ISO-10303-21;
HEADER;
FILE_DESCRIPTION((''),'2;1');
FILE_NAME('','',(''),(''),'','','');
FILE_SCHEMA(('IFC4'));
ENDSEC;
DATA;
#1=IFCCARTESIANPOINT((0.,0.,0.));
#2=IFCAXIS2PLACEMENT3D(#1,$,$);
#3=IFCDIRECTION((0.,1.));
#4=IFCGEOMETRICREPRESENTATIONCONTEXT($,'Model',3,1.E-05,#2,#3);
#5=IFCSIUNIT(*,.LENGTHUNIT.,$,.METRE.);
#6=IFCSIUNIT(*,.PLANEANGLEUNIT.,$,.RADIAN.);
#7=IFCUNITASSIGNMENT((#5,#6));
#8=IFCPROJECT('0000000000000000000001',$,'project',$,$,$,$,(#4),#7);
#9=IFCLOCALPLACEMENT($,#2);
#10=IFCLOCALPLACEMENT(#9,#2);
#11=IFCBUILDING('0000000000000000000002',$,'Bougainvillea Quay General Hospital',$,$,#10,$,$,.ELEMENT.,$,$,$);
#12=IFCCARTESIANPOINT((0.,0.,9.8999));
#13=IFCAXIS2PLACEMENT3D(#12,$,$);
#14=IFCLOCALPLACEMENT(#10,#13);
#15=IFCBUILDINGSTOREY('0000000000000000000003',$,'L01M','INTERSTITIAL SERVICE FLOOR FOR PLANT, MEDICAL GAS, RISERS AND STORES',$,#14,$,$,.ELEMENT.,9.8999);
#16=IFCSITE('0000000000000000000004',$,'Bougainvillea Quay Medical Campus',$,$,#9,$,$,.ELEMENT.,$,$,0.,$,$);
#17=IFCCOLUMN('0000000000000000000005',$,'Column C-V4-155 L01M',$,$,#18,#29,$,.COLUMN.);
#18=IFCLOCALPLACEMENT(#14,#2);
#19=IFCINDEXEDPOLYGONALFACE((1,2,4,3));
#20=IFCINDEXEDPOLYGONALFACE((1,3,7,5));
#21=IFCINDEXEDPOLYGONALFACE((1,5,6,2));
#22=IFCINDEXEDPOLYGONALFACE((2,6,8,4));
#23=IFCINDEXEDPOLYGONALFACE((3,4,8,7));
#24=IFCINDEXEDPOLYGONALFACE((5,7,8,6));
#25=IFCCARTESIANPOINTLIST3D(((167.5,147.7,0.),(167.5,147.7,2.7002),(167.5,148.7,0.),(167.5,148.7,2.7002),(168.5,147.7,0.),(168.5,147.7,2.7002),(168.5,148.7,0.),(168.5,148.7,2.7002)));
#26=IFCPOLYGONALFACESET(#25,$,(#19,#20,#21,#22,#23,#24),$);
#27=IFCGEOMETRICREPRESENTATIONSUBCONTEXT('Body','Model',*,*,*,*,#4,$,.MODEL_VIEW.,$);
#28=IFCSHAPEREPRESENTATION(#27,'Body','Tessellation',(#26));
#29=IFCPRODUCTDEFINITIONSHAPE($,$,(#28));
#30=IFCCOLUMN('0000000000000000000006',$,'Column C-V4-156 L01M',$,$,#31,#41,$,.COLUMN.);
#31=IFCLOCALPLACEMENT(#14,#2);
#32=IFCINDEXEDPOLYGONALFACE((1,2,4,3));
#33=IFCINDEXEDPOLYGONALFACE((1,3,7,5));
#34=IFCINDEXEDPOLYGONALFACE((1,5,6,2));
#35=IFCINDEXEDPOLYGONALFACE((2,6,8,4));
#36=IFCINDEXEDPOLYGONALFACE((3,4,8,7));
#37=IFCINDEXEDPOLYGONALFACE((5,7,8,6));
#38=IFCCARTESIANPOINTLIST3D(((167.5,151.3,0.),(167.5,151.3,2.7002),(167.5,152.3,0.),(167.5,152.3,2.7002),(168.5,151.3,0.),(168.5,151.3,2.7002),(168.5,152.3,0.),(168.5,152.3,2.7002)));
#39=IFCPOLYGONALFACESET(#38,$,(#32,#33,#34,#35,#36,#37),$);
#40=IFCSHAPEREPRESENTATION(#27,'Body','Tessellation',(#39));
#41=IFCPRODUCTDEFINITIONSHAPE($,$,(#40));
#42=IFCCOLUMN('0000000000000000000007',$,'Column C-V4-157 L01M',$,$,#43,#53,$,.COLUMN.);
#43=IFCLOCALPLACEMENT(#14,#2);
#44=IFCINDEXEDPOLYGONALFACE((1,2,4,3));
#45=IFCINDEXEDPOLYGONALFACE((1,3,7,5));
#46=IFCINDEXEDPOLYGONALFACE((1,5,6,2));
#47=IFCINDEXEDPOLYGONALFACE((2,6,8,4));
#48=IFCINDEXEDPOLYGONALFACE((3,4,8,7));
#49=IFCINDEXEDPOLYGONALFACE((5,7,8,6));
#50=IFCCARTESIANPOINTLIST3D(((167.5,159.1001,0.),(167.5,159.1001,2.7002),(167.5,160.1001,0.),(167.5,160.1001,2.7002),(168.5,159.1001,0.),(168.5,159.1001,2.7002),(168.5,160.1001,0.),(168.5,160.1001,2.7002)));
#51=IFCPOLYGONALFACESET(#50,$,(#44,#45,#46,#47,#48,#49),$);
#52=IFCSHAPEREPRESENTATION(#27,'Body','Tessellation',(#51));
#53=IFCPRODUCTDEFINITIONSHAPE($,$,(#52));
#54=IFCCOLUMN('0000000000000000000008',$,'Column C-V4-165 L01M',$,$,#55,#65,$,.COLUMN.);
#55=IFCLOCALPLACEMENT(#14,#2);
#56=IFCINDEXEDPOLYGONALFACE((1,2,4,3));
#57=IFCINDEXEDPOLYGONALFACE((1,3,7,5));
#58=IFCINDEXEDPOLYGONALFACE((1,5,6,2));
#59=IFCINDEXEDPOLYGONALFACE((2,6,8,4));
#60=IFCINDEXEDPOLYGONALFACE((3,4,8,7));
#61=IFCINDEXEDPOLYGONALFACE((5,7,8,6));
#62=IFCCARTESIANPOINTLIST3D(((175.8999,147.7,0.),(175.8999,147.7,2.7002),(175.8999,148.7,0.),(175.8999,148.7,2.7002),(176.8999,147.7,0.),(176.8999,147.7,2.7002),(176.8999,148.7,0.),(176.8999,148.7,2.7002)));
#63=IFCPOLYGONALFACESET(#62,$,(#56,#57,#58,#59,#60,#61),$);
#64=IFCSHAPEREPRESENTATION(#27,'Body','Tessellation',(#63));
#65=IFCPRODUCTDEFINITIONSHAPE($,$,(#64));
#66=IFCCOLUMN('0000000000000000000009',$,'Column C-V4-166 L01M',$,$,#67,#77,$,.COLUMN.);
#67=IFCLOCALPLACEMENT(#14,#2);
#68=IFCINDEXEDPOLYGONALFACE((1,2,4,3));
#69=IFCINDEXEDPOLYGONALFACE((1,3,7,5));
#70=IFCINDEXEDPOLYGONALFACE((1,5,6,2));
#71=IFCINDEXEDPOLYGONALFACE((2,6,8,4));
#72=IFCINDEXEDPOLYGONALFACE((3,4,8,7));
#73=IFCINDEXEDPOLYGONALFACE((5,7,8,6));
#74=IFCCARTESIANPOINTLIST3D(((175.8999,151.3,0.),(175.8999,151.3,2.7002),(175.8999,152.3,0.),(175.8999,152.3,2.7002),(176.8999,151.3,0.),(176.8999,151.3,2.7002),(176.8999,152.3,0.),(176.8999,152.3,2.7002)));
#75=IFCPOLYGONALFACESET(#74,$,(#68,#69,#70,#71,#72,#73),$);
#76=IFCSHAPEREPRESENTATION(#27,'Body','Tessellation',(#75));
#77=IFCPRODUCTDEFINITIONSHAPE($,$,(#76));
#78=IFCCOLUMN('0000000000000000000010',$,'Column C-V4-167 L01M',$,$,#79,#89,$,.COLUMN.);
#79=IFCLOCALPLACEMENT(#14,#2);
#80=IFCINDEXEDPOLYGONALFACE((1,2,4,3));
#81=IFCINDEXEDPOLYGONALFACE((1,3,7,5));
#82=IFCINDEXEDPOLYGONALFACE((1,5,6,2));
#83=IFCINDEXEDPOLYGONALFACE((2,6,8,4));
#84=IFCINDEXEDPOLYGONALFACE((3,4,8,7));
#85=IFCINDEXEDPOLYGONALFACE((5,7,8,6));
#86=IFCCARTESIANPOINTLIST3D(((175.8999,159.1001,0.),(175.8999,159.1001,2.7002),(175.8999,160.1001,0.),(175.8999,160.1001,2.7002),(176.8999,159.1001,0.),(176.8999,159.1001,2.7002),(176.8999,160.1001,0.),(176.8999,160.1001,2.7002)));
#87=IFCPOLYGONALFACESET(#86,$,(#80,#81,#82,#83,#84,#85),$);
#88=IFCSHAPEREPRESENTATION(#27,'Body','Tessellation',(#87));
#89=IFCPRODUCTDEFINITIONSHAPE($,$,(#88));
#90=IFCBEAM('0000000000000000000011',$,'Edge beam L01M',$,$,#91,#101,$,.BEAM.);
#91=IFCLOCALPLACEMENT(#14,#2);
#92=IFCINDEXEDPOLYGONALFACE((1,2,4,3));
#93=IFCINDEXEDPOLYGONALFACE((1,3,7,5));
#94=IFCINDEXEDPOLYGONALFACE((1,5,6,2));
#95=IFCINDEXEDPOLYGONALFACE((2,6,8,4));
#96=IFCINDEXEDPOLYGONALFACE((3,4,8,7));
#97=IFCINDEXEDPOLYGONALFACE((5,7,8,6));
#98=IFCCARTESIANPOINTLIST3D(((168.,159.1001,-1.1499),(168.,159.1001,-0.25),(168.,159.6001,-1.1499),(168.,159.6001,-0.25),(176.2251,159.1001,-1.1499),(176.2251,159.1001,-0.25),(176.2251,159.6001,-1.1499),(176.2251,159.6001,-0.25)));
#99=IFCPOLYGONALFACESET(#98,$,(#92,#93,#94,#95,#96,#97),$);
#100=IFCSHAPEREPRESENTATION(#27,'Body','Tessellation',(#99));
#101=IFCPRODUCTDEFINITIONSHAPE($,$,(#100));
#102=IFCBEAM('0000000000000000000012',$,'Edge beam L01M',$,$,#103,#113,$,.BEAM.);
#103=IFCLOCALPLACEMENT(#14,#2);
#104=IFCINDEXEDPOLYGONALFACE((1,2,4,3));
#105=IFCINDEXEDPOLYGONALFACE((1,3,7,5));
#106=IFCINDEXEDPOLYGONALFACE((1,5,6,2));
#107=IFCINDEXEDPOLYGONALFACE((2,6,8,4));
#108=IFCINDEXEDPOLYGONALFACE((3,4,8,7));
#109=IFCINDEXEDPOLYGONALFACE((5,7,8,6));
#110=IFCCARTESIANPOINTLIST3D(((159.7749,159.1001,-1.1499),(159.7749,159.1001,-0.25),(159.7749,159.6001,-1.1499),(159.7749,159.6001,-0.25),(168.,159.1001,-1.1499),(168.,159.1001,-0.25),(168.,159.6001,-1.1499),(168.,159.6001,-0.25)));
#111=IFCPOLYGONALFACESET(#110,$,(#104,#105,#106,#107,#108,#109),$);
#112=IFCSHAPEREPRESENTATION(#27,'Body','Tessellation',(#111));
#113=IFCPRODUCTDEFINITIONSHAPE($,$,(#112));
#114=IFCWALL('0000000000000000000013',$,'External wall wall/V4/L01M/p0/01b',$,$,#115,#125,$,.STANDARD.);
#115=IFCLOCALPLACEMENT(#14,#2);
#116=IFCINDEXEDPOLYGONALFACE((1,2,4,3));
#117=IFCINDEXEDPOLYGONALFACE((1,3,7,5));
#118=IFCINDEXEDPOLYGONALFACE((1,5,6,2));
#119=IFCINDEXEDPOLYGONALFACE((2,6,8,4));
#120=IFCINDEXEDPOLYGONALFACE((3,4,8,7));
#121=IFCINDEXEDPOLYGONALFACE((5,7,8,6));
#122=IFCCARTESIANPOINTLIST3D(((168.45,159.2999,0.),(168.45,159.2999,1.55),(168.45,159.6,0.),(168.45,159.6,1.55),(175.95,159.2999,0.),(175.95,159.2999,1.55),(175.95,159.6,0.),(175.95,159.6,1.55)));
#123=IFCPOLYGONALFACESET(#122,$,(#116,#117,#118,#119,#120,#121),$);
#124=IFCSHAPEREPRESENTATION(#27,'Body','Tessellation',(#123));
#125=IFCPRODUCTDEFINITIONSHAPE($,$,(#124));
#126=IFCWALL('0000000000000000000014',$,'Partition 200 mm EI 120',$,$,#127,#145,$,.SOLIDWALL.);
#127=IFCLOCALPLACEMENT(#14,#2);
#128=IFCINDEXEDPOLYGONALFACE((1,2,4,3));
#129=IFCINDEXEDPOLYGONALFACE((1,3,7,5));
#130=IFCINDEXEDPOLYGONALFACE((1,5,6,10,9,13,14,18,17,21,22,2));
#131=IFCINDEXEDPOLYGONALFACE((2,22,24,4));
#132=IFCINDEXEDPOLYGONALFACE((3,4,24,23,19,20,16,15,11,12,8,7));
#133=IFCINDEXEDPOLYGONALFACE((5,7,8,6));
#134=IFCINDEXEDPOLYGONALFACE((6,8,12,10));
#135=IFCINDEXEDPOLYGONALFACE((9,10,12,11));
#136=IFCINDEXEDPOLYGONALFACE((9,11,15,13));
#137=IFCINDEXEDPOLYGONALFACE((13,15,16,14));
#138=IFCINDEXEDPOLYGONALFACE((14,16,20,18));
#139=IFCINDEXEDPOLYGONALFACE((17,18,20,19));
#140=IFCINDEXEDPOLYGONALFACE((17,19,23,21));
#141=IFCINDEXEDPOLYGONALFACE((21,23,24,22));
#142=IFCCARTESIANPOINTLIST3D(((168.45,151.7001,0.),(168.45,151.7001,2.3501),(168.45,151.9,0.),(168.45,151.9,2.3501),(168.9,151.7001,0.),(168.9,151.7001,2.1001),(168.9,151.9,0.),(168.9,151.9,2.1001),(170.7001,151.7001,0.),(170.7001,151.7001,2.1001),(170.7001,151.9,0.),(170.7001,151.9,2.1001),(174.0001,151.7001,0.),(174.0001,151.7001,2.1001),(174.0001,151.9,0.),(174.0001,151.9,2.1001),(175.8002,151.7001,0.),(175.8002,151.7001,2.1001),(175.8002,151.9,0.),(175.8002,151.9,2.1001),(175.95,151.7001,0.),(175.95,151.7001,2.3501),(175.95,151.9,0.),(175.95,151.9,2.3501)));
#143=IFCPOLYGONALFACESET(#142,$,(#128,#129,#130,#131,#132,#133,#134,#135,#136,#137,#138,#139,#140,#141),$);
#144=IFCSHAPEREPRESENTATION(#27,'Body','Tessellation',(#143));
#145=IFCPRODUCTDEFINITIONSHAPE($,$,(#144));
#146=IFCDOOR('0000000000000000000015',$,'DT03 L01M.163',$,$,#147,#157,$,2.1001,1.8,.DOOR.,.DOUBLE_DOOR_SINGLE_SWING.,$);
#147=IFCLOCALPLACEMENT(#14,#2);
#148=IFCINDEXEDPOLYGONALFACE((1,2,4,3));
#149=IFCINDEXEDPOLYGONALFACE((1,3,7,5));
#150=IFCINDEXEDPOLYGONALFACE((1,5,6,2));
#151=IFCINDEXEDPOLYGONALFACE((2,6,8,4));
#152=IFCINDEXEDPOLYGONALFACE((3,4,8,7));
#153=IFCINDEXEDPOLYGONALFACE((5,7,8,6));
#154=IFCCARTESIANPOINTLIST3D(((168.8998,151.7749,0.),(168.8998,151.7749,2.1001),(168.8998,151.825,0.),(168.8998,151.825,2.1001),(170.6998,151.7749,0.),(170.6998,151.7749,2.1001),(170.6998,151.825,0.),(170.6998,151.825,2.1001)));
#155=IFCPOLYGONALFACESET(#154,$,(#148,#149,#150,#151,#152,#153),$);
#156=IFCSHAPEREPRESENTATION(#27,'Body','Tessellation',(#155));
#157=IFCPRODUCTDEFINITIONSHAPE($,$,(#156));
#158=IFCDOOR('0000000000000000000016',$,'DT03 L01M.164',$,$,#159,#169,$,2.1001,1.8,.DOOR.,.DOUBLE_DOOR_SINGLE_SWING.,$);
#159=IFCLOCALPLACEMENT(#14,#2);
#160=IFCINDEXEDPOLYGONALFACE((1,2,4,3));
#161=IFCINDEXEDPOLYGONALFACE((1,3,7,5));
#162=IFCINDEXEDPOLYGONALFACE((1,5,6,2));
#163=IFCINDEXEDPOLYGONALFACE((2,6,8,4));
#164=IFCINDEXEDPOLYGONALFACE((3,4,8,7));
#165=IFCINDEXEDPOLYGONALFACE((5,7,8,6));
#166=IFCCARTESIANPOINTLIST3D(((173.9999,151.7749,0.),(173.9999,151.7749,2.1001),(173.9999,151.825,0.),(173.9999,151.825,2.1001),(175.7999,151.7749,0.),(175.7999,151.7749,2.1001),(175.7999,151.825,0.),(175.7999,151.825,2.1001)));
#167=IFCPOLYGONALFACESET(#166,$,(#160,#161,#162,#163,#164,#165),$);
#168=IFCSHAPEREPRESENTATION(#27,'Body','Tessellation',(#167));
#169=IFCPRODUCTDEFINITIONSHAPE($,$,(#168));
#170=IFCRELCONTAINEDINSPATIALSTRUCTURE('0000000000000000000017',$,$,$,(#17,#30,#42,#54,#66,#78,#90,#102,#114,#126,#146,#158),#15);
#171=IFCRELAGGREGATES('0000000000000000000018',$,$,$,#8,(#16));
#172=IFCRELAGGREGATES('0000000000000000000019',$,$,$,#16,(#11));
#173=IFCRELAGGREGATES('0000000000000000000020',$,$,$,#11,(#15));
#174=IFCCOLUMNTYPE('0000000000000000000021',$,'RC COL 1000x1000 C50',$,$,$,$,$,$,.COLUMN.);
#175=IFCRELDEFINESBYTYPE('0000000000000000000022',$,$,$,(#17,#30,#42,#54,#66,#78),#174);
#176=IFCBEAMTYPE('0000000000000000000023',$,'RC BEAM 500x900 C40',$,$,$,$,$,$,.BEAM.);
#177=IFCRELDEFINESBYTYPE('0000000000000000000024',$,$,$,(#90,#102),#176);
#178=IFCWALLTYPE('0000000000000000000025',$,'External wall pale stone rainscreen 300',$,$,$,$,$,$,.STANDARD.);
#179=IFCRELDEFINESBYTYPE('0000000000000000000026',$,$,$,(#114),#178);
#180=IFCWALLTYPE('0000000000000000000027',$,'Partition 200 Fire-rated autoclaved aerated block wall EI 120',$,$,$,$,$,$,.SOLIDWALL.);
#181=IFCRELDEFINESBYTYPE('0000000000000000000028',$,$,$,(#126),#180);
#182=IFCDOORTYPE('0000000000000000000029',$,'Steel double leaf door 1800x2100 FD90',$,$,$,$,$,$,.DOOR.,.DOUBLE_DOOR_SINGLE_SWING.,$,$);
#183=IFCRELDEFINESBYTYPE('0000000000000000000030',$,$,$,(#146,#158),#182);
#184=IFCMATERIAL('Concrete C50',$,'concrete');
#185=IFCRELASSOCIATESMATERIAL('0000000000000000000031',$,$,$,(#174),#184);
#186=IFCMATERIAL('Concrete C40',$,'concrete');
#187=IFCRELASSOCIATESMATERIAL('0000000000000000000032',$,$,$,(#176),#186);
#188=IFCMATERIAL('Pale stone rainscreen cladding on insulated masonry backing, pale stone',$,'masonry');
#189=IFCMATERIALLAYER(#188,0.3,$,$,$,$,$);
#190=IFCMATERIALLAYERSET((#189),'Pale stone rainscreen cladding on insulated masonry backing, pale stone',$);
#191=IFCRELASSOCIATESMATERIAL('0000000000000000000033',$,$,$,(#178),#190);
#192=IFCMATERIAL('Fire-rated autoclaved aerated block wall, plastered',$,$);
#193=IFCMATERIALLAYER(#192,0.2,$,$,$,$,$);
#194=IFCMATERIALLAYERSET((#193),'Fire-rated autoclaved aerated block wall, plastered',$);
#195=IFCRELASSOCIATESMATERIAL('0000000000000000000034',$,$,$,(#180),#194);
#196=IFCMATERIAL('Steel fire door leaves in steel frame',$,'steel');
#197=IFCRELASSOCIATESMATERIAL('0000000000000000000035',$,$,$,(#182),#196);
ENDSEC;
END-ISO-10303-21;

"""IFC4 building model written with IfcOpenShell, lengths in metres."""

from ifc_helpers import new_model, si_unit, direction, frame, frame_2d, origin, origin_2d, place, context, subcontext, project, spatial, rectangle, extrude, material, layer, layer_set, material_profile, profile_set, type_object, element, fill, save


model = new_model("IFC4")

# Units and contexts
model_context = context("Model", 3, precision=1e-05, world=origin(), true_north=direction((0.0, 1.0)))
body_context = subcontext(model_context, "Body", "Model", "MODEL_VIEW")
ifc_project = project(units=[si_unit("LENGTHUNIT", "METRE"), si_unit("PLANEANGLEUNIT", "RADIAN")], contexts=[model_context])

# Site, building, storey
site_placement = place(None, origin())
site = spatial("IfcSite", under=ifc_project, at=site_placement, Name="Bougainvillea Quay Medical Campus", CompositionType="ELEMENT", RefElevation=0.0)
building_placement = place(site_placement, origin())
building = spatial("IfcBuilding", under=site, at=building_placement, Name="Bougainvillea Quay General Hospital", CompositionType="ELEMENT")
storey_placement = place(building_placement, frame((0.0, 0.0, 9.8999)))
storey = spatial("IfcBuildingStorey", under=building, at=storey_placement, Name="L01M", Description="INTERSTITIAL SERVICE FLOOR FOR PLANT, MEDICAL GAS, RISERS AND STORES", CompositionType="ELEMENT", Elevation=9.8999)

# Columns
ifc_material_1 = material(Name="Concrete C50", Category="concrete")
ifc_material_profile_1 = material_profile(ifc_material_1, rectangle(XDim=1.0, YDim=1.0, at=origin_2d()))
ifc_profile_set_1 = profile_set([ifc_material_profile_1], Name="Concrete C50")
column_type = type_object("IfcColumnType", Name="RC COL 1000x1000 C50", PredefinedType="COLUMN", material=ifc_profile_set_1)
for number, where, z_axis, x_axis, name in (
    (1, (168.0, 148.2, 0.0), (0.0, 0.0, 1.0), (1.0, 0.0, 0.0), "Column C-V4-155 L01M"),
    (2, (168.0, 151.8, 0.0), (0.0, 0.0, 1.0), (1.0, 0.0, 0.0), "Column C-V4-156 L01M"),
    (3, (168.0, 159.6001, 0.0), (0.0, 0.0, 1.0), (1.0, 0.0, 0.0), "Column C-V4-157 L01M"),
    (4, (176.3999, 148.2, 0.0), (0.0, 0.0, 1.0), (1.0, 0.0, 0.0), "Column C-V4-165 L01M"),
    (5, (176.3999, 151.8, 0.0), (0.0, 0.0, 1.0), (1.0, 0.0, 0.0), "Column C-V4-166 L01M"),
    (6, (176.3999, 159.6001, 0.0), (0.0, 0.0, 1.0), (1.0, 0.0, 0.0), "Column C-V4-167 L01M"),
):
    element("IfcColumn", number, at=place(storey_placement, frame(where, z_axis=z_axis, x_axis=x_axis)), inside=storey, type_object=column_type, Name=name, PredefinedType="COLUMN", context=body_context, shape_type="SweptSolid", body=[
        extrude(rectangle(XDim=1.0, YDim=1.0, at=origin_2d()), origin(), (0.0, 0.0, 1.0), 2.7002),
    ])

# Beams
ifc_material_2 = material(Name="Concrete C40", Category="concrete")
ifc_material_profile_2 = material_profile(ifc_material_2, rectangle(XDim=0.5, YDim=0.8999, at=origin_2d()))
ifc_profile_set_2 = profile_set([ifc_material_profile_2], Name="Concrete C40")
beam_type = type_object("IfcBeamType", Name="RC BEAM 500x900 C40", PredefinedType="BEAM", material=ifc_profile_set_2)
for number, where, z_axis, x_axis, name in (
    (7, (176.2251, 159.3501, -0.7), (-1.0, 0.0, 0.0), (0.0, -1.0, 0.0), "Edge beam L01M"),
    (8, (168.0, 159.3501, -0.7), (-1.0, 0.0, 0.0), (0.0, -1.0, 0.0), "Edge beam L01M"),
):
    element("IfcBeam", number, at=place(storey_placement, frame(where, z_axis=z_axis, x_axis=x_axis)), inside=storey, type_object=beam_type, Name=name, PredefinedType="BEAM", context=body_context, shape_type="SweptSolid", body=[
        extrude(rectangle(XDim=0.5, YDim=0.8999, at=origin_2d()), origin(), (0.0, 0.0, 1.0), 8.2251),
    ])

# Wall
ifc_material_3 = material(Name="Pale stone rainscreen cladding on insulated masonry backing, pale stone", Category="masonry")
ifc_layer_1 = layer(ifc_material_3, 0.3)
ifc_layer_set_1 = layer_set([ifc_layer_1], Name="Pale stone rainscreen cladding on insulated masonry backing, pale stone")
wall_type_1 = type_object("IfcWallType", Name="External wall pale stone rainscreen 300", PredefinedType="STANDARD", material=ifc_layer_set_1)
wall_1_placement = place(storey_placement, frame((175.95, 159.45, 0.0), z_axis=(0.0, 0.0, 1.0), x_axis=(-1.0, 0.0, 0.0)))
element("IfcWall", 9, at=wall_1_placement, inside=storey, type_object=wall_type_1, Name="External wall wall/V4/L01M/p0/01b", PredefinedType="STANDARD", context=body_context, shape_type="SweptSolid", body=[
    extrude(rectangle(XDim=7.5, YDim=0.3, at=frame_2d((3.75, 0.0))), origin(), (0.0, 0.0, 1.0), 1.55),
])

# Wall, openings, doors
ifc_material_4 = material(Name="Fire-rated autoclaved aerated block wall, plastered")
ifc_layer_2 = layer(ifc_material_4, 0.2)
ifc_layer_set_2 = layer_set([ifc_layer_2], Name="Fire-rated autoclaved aerated block wall, plastered")
wall_type_2 = type_object("IfcWallType", Name="Partition 200 Fire-rated autoclaved aerated block wall EI 120", PredefinedType="SOLIDWALL", material=ifc_layer_set_2)
wall_2_placement = place(storey_placement, frame((175.95, 151.8, 0.0), z_axis=(0.0, 0.0, 1.0), x_axis=(-1.0, 0.0, 0.0)))
wall_2 = element("IfcWall", 10, at=wall_2_placement, inside=storey, type_object=wall_type_2, Name="Partition 200 mm EI 120", PredefinedType="SOLIDWALL", context=body_context, shape_type="SweptSolid", body=[
    extrude(rectangle(XDim=7.5, YDim=0.2, at=frame_2d((3.75, 0.0))), origin(), (0.0, 0.0, 1.0), 2.3501),
])
opening_1_placement = place(wall_2_placement, frame((5.25, 0.0, 0.0)))
opening_1 = element("IfcOpeningElement", 11, at=opening_1_placement, cuts=wall_2, PredefinedType="OPENING", context=body_context, shape_type="SweptSolid", body=[
    extrude(rectangle(XDim=1.8, YDim=2.1001, at=frame_2d((0.8999, 1.05))), frame((0.0, 0.1099, 0.0), z_axis=(0.0, -1.0, 0.0), x_axis=(1.0, 0.0, 0.0)), (0.0, 0.0, 1.0), 0.22),
])
opening_2_placement = place(wall_2_placement, frame((0.1499, 0.0, 0.0)))
opening_2 = element("IfcOpeningElement", 12, at=opening_2_placement, cuts=wall_2, PredefinedType="OPENING", context=body_context, shape_type="SweptSolid", body=[
    extrude(rectangle(XDim=1.8, YDim=2.1001, at=frame_2d((0.8999, 1.05))), frame((0.0, 0.1099, 0.0), z_axis=(0.0, -1.0, 0.0), x_axis=(1.0, 0.0, 0.0)), (0.0, 0.0, 1.0), 0.22),
])
ifc_material_5 = material(Name="Steel fire door leaves in steel frame", Category="steel")
door_type_1 = type_object("IfcDoorType", Name="Steel double leaf door 1800x2100 FD90", OperationType="DOUBLE_DOOR_SINGLE_SWING", PredefinedType="DOOR", material=ifc_material_5)
door_1_placement = place(opening_1_placement, frame((1.8, 0.0, 0.0), z_axis=(0.0, 0.0, 1.0), x_axis=(-1.0, 0.0, 0.0)))
door_1 = element("IfcDoor", 13, at=door_1_placement, inside=storey, type_object=door_type_1, Name="DT03 L01M.163", OperationType="DOUBLE_DOOR_SINGLE_SWING", OverallHeight=2.1001, OverallWidth=1.8, PredefinedType="DOOR", context=body_context, shape_type="SweptSolid", body=[
    extrude(rectangle(XDim=1.8, YDim=2.1001, at=frame_2d((0.8999, 1.05))), frame((0.0, 0.0249, 0.0), z_axis=(0.0, -1.0, 0.0), x_axis=(1.0, 0.0, 0.0)), (0.0, 0.0, 1.0), 0.05),
])
fill(opening_1, door_1)
door_2_placement = place(opening_2_placement, frame((1.8, 0.0, 0.0), z_axis=(0.0, 0.0, 1.0), x_axis=(-1.0, 0.0, 0.0)))
door_2 = element("IfcDoor", 14, at=door_2_placement, inside=storey, type_object=door_type_1, Name="DT03 L01M.164", OperationType="DOUBLE_DOOR_SINGLE_SWING", OverallHeight=2.1001, OverallWidth=1.8, PredefinedType="DOOR", context=body_context, shape_type="SweptSolid", body=[
    extrude(rectangle(XDim=1.8, YDim=2.1001, at=frame_2d((0.8999, 1.05))), frame((0.0, 0.0249, 0.0), z_axis=(0.0, -1.0, 0.0), x_axis=(1.0, 0.0, 0.0)), (0.0, 0.0, 1.0), 0.05),
])
fill(opening_2, door_2)

save(model, "model.ifc")
